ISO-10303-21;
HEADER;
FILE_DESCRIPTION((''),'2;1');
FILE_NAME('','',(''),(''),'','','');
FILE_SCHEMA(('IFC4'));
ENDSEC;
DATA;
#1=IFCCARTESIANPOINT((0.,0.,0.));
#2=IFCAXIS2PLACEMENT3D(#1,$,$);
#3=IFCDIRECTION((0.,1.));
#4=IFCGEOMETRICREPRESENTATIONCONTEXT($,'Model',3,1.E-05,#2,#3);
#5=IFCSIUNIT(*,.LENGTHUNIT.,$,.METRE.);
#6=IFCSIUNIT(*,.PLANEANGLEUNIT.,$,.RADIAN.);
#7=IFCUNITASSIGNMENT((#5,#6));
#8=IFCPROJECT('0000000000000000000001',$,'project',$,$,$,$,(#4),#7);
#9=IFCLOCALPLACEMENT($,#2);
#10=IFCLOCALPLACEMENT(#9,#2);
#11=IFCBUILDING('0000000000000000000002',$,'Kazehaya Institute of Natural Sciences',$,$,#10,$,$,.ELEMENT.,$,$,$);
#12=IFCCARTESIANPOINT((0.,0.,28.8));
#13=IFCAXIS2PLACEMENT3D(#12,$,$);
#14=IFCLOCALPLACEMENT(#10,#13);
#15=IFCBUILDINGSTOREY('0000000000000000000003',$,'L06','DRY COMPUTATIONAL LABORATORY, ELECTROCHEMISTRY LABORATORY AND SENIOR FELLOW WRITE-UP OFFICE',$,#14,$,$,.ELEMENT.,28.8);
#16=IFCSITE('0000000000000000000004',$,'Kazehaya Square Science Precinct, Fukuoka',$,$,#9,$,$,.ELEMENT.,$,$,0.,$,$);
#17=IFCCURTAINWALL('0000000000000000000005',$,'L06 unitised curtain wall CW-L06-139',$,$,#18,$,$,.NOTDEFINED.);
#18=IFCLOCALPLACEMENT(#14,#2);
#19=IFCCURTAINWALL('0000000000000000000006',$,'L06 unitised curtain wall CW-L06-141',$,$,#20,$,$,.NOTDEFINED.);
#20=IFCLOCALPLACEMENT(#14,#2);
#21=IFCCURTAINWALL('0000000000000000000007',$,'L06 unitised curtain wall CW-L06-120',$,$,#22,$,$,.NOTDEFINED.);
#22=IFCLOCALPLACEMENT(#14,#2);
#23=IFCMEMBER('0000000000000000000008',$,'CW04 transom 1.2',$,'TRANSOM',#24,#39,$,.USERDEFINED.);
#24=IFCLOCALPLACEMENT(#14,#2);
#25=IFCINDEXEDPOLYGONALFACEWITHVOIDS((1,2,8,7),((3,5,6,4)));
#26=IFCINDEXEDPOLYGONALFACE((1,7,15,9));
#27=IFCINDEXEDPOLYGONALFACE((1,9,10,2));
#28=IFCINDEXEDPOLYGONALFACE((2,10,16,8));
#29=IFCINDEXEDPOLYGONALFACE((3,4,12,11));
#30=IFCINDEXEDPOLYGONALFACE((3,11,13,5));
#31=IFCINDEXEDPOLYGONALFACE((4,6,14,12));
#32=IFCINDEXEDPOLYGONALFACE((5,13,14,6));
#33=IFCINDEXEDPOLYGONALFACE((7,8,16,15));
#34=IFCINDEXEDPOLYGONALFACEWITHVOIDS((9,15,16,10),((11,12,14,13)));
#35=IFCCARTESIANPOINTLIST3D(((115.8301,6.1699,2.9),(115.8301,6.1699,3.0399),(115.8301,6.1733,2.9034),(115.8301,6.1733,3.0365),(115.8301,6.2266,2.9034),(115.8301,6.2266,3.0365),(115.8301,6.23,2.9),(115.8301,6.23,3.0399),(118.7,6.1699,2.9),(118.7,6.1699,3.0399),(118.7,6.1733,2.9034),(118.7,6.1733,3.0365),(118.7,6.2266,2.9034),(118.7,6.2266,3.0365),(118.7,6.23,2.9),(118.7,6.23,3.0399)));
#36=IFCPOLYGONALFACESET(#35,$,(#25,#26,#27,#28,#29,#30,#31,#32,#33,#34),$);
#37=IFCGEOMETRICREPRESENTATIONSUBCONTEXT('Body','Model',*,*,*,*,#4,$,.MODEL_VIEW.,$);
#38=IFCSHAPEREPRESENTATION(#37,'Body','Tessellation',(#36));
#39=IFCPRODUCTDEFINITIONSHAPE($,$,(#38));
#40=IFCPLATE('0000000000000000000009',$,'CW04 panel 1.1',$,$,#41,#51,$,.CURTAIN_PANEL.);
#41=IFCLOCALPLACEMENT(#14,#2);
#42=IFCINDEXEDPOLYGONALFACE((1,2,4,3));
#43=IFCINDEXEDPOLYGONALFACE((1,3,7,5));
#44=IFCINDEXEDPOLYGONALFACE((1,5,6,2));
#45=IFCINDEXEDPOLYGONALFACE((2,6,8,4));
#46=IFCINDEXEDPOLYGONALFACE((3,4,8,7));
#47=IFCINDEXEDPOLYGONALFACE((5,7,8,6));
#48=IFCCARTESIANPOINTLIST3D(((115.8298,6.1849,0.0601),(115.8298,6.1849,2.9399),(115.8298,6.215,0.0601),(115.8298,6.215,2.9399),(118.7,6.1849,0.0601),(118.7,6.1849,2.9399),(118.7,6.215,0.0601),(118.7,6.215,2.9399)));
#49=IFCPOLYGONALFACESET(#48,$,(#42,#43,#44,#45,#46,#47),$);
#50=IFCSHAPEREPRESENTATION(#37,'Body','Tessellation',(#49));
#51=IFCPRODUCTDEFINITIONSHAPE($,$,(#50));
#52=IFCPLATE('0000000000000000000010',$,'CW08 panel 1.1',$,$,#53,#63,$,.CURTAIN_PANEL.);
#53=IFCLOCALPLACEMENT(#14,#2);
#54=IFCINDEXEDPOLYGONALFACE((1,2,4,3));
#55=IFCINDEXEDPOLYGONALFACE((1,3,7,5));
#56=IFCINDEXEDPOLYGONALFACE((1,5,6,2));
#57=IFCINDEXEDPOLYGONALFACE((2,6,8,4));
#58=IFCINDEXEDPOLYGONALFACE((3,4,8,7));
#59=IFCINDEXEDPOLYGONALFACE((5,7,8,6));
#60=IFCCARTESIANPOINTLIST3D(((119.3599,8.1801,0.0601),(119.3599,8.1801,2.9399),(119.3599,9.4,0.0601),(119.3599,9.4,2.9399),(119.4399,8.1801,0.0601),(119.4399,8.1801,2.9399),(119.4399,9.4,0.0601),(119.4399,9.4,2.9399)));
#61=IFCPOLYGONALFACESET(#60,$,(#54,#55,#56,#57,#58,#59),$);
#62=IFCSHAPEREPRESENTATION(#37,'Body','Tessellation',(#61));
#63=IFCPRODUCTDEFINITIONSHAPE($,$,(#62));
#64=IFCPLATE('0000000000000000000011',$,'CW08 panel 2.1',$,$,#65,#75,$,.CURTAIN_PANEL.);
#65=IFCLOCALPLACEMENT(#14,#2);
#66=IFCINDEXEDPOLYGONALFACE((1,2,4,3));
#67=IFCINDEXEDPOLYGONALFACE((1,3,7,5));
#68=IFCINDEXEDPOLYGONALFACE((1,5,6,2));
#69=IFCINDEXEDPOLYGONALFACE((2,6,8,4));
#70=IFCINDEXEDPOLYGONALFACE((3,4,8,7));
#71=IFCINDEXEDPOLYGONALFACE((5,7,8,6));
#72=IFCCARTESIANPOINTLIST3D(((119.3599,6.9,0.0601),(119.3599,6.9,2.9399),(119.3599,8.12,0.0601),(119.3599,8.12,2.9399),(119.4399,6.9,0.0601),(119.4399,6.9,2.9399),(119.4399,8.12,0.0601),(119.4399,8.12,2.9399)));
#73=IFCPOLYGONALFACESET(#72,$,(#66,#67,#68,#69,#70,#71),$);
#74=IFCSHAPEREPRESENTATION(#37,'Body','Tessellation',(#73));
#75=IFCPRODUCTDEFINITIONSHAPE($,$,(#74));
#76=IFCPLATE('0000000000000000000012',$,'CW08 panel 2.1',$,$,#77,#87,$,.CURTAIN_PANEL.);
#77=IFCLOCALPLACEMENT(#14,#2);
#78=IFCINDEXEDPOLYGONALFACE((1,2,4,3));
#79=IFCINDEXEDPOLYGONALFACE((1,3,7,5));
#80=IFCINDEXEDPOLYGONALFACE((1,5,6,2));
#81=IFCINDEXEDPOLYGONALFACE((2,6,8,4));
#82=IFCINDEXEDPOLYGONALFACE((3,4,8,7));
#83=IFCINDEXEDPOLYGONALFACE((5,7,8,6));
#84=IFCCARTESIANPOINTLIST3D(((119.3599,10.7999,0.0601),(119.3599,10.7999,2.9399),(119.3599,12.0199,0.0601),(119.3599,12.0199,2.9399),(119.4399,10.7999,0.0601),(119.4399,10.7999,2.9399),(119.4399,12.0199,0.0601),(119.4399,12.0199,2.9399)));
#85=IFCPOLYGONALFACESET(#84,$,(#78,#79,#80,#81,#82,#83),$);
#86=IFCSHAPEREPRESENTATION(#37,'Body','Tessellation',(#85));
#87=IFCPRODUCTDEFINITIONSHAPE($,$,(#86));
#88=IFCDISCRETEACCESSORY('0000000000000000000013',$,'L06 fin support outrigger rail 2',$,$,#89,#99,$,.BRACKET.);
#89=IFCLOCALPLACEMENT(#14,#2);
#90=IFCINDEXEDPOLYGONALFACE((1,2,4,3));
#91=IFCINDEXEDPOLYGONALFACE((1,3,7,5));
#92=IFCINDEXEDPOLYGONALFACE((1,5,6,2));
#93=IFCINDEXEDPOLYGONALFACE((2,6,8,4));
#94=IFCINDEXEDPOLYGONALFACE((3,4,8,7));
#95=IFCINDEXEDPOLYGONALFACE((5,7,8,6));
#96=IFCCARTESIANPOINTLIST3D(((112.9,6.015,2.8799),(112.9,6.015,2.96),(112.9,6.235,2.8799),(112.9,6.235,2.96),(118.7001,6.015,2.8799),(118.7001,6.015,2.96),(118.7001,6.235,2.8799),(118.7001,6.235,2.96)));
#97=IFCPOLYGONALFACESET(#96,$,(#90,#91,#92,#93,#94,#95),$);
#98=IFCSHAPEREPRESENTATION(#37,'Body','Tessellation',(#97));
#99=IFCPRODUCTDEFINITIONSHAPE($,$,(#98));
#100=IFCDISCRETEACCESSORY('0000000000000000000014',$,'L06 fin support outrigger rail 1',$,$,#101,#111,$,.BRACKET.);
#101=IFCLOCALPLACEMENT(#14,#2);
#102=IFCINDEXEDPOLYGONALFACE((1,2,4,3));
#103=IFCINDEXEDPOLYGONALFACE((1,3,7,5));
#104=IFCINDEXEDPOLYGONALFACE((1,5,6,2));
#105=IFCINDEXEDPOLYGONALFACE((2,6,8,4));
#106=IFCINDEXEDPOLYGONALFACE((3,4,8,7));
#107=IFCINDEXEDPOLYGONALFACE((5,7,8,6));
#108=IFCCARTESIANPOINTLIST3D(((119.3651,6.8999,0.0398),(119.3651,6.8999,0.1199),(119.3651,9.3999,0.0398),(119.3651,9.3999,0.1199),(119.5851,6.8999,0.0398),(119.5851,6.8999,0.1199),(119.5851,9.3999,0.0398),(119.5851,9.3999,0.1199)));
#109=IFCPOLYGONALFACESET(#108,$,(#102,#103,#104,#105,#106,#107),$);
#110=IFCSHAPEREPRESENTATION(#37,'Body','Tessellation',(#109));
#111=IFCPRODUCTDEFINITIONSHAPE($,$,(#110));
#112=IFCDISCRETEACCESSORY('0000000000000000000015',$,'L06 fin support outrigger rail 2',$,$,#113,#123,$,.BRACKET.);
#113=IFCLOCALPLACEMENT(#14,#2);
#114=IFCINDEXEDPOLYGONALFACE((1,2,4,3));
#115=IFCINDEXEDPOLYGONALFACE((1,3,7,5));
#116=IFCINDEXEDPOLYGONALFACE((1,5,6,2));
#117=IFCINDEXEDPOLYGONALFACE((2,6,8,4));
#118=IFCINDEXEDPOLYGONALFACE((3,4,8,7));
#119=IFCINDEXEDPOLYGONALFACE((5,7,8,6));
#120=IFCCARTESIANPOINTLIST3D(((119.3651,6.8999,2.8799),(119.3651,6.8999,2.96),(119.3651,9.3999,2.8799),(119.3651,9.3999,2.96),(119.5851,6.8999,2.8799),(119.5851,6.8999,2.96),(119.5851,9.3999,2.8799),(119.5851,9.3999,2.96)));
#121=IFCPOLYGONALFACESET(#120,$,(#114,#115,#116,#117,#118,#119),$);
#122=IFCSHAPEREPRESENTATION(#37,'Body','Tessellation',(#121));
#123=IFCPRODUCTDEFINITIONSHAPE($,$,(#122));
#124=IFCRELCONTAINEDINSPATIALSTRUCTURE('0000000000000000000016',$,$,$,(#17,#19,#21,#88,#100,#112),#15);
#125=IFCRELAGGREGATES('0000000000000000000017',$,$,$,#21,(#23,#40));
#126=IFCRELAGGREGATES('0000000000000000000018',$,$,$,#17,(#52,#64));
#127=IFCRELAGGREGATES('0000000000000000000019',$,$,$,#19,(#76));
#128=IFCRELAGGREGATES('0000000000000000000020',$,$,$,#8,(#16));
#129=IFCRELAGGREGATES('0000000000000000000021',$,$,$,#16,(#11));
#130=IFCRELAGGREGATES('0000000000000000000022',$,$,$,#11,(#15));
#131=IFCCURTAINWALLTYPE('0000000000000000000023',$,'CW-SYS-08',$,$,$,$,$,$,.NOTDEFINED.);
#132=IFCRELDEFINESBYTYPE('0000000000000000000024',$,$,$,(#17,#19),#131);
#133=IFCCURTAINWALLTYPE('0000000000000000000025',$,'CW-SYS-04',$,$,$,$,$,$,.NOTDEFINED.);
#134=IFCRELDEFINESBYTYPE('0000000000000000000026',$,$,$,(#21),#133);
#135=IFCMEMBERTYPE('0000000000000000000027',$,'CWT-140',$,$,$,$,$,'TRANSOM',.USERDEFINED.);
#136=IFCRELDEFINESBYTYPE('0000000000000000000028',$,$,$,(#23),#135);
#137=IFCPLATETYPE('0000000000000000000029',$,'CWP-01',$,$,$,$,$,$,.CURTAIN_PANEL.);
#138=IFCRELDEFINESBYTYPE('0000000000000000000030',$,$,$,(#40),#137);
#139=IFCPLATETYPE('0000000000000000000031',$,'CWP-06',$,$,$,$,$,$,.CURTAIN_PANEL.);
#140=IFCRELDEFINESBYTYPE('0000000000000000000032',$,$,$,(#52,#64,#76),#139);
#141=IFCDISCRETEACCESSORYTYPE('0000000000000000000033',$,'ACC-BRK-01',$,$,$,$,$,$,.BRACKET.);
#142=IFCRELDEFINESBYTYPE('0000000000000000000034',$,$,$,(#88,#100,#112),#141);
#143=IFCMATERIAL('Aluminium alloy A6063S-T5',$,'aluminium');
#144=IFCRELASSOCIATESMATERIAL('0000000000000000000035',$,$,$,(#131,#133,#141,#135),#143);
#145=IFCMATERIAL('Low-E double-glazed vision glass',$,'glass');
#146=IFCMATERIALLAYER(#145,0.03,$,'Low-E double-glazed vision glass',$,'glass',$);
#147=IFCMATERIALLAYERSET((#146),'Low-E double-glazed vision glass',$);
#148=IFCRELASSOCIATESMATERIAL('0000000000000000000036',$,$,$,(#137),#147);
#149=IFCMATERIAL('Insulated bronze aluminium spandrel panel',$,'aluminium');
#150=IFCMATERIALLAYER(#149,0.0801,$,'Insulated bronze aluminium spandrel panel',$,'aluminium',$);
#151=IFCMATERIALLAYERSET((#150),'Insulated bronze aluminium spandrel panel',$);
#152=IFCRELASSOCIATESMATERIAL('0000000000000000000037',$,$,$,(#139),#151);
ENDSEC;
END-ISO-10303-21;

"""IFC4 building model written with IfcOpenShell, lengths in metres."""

from ifc_helpers import new_model, si_unit, direction, frame, origin, origin_2d, place, context, subcontext, project, spatial, rectangle, hollow_rectangle, extrude, material, layer, layer_set, material_profile, profile_set, type_object, element, aggregate, save


model = new_model("IFC4")

# Units and contexts
model_context = context("Model", 3, precision=1e-05, world=origin(), true_north=direction((0.0, 1.0)))
body_context = subcontext(model_context, "Body", "Model", "MODEL_VIEW")
ifc_project = project(units=[si_unit("LENGTHUNIT", "METRE"), si_unit("PLANEANGLEUNIT", "RADIAN")], contexts=[model_context])

# Site, building, storey
site_placement = place(None, origin())
site = spatial("IfcSite", under=ifc_project, at=site_placement, Name="Kazehaya Square Science Precinct, Fukuoka", CompositionType="ELEMENT", RefElevation=0.0)
building_placement = place(site_placement, origin())
building = spatial("IfcBuilding", under=site, at=building_placement, Name="Kazehaya Institute of Natural Sciences", CompositionType="ELEMENT")
storey_placement = place(building_placement, frame((0.0, 0.0, 28.8)))
storey = spatial("IfcBuildingStorey", under=building, at=storey_placement, Name="L06", Description="DRY COMPUTATIONAL LABORATORY, ELECTROCHEMISTRY LABORATORY AND SENIOR FELLOW WRITE-UP OFFICE", CompositionType="ELEMENT", Elevation=28.8)

# Curtain wall
ifc_material_1 = material(Name="Aluminium alloy A6063S-T5", Category="aluminium")
curtain_wall_type_1 = type_object("IfcCurtainWallType", Name="CW-SYS-08", PredefinedType="NOTDEFINED", material=ifc_material_1)
curtain_wall_1_placement = place(storey_placement, origin())
curtain_wall_1 = element("IfcCurtainWall", 1, at=curtain_wall_1_placement, inside=storey, type_object=curtain_wall_type_1, Name="L06 unitised curtain wall CW-L06-139", PredefinedType="NOTDEFINED")

# Curtain wall
curtain_wall_2_placement = place(storey_placement, origin())
curtain_wall_2 = element("IfcCurtainWall", 2, at=curtain_wall_2_placement, inside=storey, type_object=curtain_wall_type_1, Name="L06 unitised curtain wall CW-L06-141", PredefinedType="NOTDEFINED")

# Curtain wall
curtain_wall_type_2 = type_object("IfcCurtainWallType", Name="CW-SYS-04", PredefinedType="NOTDEFINED", material=ifc_material_1)
curtain_wall_3_placement = place(storey_placement, origin())
curtain_wall_3 = element("IfcCurtainWall", 3, at=curtain_wall_3_placement, inside=storey, type_object=curtain_wall_type_2, Name="L06 unitised curtain wall CW-L06-120", PredefinedType="NOTDEFINED")

# Member
ifc_material_profile_1 = material_profile(ifc_material_1, hollow_rectangle(XDim=0.0601, YDim=0.1399, WallThickness=0.0034, at=origin_2d()), Name="ALU-60x140x3.5")
ifc_profile_set_1 = profile_set([ifc_material_profile_1], Name="Aluminium alloy A6063S-T5")
member_type_1 = type_object("IfcMemberType", Name="CWT-140", ElementType="TRANSOM", PredefinedType="USERDEFINED", material=ifc_profile_set_1)
member_1_placement = place(storey_placement, frame((118.7, 6.2, 2.97), z_axis=(-1.0, 0.0, 0.0), x_axis=(0.0, -1.0, 0.0)))
member_1 = element("IfcMember", 4, at=member_1_placement, type_object=member_type_1, Name="CW04 transom 1.2", ObjectType="TRANSOM", PredefinedType="USERDEFINED", context=body_context, shape_type="SweptSolid", body=[
    extrude(hollow_rectangle(XDim=0.0601, YDim=0.1399, WallThickness=0.0034, at=origin_2d()), origin(), (0.0, 0.0, 1.0), 2.8699),
])

# Plates
ifc_material_2 = material(Name="Low-E double-glazed vision glass", Category="glass")
ifc_layer_1 = layer(ifc_material_2, 0.03, Name="Low-E double-glazed vision glass", Category="glass")
ifc_layer_set_1 = layer_set([ifc_layer_1], Name="Low-E double-glazed vision glass")
plate_type_1 = type_object("IfcPlateType", Name="CWP-01", PredefinedType="CURTAIN_PANEL", material=ifc_layer_set_1)
plate_1_placement = place(storey_placement, frame((117.2649, 6.2, 0.0601), z_axis=(0.0, 0.0, 1.0), x_axis=(-1.0, 0.0, 0.0)))
plate_1 = element("IfcPlate", 5, at=plate_1_placement, type_object=plate_type_1, Name="CW04 panel 1.1", PredefinedType="CURTAIN_PANEL", context=body_context, shape_type="SweptSolid", body=[
    extrude(rectangle(XDim=2.8701, YDim=0.03, at=origin_2d()), origin(), (0.0, 0.0, 1.0), 2.8799),
])
aggregate(curtain_wall_3, [member_1, plate_1])
ifc_material_3 = material(Name="Insulated bronze aluminium spandrel panel", Category="aluminium")
ifc_layer_2 = layer(ifc_material_3, 0.0801, Name="Insulated bronze aluminium spandrel panel", Category="aluminium")
ifc_layer_set_2 = layer_set([ifc_layer_2], Name="Insulated bronze aluminium spandrel panel")
plate_type_2 = type_object("IfcPlateType", Name="CWP-06", PredefinedType="CURTAIN_PANEL", material=ifc_layer_set_2)
plate_2_placement = place(storey_placement, frame((119.3999, 8.79, 0.0601), z_axis=(0.0, 0.0, 1.0), x_axis=(0.0, -1.0, 0.0)))
plate_2 = element("IfcPlate", 6, at=plate_2_placement, type_object=plate_type_2, Name="CW08 panel 1.1", PredefinedType="CURTAIN_PANEL", context=body_context, shape_type="SweptSolid", body=[
    extrude(rectangle(XDim=1.22, YDim=0.0801, at=origin_2d()), origin(), (0.0, 0.0, 1.0), 2.8799),
])
plate_3_placement = place(storey_placement, frame((119.3999, 7.51, 0.0601), z_axis=(0.0, 0.0, 1.0), x_axis=(0.0, -1.0, 0.0)))
plate_3 = element("IfcPlate", 7, at=plate_3_placement, type_object=plate_type_2, Name="CW08 panel 2.1", PredefinedType="CURTAIN_PANEL", context=body_context, shape_type="SweptSolid", body=[
    extrude(rectangle(XDim=1.22, YDim=0.0801, at=origin_2d()), origin(), (0.0, 0.0, 1.0), 2.8799),
])
aggregate(curtain_wall_1, [plate_2, plate_3])
plate_4_placement = place(storey_placement, frame((119.3999, 11.4099, 0.0601), z_axis=(0.0, 0.0, 1.0), x_axis=(0.0, -1.0, 0.0)))
plate_4 = element("IfcPlate", 8, at=plate_4_placement, type_object=plate_type_2, Name="CW08 panel 2.1", PredefinedType="CURTAIN_PANEL", context=body_context, shape_type="SweptSolid", body=[
    extrude(rectangle(XDim=1.22, YDim=0.0801, at=origin_2d()), origin(), (0.0, 0.0, 1.0), 2.8799),
])
aggregate(curtain_wall_2, [plate_4])

# Discrete accessories
discrete_accessory_type = type_object("IfcDiscreteAccessoryType", Name="ACC-BRK-01", PredefinedType="BRACKET", material=ifc_material_1)
discrete_accessory_placement = place(storey_placement, frame((115.8, 6.125, 2.8799), z_axis=(0.0, 0.0, 1.0), x_axis=(-1.0, 0.0, 0.0)))
element("IfcDiscreteAccessory", 9, at=discrete_accessory_placement, inside=storey, type_object=discrete_accessory_type, Name="L06 fin support outrigger rail 2", PredefinedType="BRACKET", context=body_context, shape_type="SweptSolid", body=[
    extrude(rectangle(XDim=5.8, YDim=0.22, at=origin_2d()), origin(), (0.0, 0.0, 1.0), 0.0801),
])
for number, where, z_axis, x_axis, name in (
    (10, (119.4751, 8.1499, 0.0398), (0.0, 0.0, 1.0), (0.0, -1.0, 0.0), "L06 fin support outrigger rail 1"),
    (11, (119.4751, 8.1499, 2.8799), (0.0, 0.0, 1.0), (0.0, -1.0, 0.0), "L06 fin support outrigger rail 2"),
):
    element("IfcDiscreteAccessory", number, at=place(storey_placement, frame(where, z_axis=z_axis, x_axis=x_axis)), inside=storey, type_object=discrete_accessory_type, Name=name, PredefinedType="BRACKET", context=body_context, shape_type="SweptSolid", body=[
        extrude(rectangle(XDim=2.5, YDim=0.22, at=origin_2d()), origin(), (0.0, 0.0, 1.0), 0.0801),
    ])

save(model, "model.ifc")
